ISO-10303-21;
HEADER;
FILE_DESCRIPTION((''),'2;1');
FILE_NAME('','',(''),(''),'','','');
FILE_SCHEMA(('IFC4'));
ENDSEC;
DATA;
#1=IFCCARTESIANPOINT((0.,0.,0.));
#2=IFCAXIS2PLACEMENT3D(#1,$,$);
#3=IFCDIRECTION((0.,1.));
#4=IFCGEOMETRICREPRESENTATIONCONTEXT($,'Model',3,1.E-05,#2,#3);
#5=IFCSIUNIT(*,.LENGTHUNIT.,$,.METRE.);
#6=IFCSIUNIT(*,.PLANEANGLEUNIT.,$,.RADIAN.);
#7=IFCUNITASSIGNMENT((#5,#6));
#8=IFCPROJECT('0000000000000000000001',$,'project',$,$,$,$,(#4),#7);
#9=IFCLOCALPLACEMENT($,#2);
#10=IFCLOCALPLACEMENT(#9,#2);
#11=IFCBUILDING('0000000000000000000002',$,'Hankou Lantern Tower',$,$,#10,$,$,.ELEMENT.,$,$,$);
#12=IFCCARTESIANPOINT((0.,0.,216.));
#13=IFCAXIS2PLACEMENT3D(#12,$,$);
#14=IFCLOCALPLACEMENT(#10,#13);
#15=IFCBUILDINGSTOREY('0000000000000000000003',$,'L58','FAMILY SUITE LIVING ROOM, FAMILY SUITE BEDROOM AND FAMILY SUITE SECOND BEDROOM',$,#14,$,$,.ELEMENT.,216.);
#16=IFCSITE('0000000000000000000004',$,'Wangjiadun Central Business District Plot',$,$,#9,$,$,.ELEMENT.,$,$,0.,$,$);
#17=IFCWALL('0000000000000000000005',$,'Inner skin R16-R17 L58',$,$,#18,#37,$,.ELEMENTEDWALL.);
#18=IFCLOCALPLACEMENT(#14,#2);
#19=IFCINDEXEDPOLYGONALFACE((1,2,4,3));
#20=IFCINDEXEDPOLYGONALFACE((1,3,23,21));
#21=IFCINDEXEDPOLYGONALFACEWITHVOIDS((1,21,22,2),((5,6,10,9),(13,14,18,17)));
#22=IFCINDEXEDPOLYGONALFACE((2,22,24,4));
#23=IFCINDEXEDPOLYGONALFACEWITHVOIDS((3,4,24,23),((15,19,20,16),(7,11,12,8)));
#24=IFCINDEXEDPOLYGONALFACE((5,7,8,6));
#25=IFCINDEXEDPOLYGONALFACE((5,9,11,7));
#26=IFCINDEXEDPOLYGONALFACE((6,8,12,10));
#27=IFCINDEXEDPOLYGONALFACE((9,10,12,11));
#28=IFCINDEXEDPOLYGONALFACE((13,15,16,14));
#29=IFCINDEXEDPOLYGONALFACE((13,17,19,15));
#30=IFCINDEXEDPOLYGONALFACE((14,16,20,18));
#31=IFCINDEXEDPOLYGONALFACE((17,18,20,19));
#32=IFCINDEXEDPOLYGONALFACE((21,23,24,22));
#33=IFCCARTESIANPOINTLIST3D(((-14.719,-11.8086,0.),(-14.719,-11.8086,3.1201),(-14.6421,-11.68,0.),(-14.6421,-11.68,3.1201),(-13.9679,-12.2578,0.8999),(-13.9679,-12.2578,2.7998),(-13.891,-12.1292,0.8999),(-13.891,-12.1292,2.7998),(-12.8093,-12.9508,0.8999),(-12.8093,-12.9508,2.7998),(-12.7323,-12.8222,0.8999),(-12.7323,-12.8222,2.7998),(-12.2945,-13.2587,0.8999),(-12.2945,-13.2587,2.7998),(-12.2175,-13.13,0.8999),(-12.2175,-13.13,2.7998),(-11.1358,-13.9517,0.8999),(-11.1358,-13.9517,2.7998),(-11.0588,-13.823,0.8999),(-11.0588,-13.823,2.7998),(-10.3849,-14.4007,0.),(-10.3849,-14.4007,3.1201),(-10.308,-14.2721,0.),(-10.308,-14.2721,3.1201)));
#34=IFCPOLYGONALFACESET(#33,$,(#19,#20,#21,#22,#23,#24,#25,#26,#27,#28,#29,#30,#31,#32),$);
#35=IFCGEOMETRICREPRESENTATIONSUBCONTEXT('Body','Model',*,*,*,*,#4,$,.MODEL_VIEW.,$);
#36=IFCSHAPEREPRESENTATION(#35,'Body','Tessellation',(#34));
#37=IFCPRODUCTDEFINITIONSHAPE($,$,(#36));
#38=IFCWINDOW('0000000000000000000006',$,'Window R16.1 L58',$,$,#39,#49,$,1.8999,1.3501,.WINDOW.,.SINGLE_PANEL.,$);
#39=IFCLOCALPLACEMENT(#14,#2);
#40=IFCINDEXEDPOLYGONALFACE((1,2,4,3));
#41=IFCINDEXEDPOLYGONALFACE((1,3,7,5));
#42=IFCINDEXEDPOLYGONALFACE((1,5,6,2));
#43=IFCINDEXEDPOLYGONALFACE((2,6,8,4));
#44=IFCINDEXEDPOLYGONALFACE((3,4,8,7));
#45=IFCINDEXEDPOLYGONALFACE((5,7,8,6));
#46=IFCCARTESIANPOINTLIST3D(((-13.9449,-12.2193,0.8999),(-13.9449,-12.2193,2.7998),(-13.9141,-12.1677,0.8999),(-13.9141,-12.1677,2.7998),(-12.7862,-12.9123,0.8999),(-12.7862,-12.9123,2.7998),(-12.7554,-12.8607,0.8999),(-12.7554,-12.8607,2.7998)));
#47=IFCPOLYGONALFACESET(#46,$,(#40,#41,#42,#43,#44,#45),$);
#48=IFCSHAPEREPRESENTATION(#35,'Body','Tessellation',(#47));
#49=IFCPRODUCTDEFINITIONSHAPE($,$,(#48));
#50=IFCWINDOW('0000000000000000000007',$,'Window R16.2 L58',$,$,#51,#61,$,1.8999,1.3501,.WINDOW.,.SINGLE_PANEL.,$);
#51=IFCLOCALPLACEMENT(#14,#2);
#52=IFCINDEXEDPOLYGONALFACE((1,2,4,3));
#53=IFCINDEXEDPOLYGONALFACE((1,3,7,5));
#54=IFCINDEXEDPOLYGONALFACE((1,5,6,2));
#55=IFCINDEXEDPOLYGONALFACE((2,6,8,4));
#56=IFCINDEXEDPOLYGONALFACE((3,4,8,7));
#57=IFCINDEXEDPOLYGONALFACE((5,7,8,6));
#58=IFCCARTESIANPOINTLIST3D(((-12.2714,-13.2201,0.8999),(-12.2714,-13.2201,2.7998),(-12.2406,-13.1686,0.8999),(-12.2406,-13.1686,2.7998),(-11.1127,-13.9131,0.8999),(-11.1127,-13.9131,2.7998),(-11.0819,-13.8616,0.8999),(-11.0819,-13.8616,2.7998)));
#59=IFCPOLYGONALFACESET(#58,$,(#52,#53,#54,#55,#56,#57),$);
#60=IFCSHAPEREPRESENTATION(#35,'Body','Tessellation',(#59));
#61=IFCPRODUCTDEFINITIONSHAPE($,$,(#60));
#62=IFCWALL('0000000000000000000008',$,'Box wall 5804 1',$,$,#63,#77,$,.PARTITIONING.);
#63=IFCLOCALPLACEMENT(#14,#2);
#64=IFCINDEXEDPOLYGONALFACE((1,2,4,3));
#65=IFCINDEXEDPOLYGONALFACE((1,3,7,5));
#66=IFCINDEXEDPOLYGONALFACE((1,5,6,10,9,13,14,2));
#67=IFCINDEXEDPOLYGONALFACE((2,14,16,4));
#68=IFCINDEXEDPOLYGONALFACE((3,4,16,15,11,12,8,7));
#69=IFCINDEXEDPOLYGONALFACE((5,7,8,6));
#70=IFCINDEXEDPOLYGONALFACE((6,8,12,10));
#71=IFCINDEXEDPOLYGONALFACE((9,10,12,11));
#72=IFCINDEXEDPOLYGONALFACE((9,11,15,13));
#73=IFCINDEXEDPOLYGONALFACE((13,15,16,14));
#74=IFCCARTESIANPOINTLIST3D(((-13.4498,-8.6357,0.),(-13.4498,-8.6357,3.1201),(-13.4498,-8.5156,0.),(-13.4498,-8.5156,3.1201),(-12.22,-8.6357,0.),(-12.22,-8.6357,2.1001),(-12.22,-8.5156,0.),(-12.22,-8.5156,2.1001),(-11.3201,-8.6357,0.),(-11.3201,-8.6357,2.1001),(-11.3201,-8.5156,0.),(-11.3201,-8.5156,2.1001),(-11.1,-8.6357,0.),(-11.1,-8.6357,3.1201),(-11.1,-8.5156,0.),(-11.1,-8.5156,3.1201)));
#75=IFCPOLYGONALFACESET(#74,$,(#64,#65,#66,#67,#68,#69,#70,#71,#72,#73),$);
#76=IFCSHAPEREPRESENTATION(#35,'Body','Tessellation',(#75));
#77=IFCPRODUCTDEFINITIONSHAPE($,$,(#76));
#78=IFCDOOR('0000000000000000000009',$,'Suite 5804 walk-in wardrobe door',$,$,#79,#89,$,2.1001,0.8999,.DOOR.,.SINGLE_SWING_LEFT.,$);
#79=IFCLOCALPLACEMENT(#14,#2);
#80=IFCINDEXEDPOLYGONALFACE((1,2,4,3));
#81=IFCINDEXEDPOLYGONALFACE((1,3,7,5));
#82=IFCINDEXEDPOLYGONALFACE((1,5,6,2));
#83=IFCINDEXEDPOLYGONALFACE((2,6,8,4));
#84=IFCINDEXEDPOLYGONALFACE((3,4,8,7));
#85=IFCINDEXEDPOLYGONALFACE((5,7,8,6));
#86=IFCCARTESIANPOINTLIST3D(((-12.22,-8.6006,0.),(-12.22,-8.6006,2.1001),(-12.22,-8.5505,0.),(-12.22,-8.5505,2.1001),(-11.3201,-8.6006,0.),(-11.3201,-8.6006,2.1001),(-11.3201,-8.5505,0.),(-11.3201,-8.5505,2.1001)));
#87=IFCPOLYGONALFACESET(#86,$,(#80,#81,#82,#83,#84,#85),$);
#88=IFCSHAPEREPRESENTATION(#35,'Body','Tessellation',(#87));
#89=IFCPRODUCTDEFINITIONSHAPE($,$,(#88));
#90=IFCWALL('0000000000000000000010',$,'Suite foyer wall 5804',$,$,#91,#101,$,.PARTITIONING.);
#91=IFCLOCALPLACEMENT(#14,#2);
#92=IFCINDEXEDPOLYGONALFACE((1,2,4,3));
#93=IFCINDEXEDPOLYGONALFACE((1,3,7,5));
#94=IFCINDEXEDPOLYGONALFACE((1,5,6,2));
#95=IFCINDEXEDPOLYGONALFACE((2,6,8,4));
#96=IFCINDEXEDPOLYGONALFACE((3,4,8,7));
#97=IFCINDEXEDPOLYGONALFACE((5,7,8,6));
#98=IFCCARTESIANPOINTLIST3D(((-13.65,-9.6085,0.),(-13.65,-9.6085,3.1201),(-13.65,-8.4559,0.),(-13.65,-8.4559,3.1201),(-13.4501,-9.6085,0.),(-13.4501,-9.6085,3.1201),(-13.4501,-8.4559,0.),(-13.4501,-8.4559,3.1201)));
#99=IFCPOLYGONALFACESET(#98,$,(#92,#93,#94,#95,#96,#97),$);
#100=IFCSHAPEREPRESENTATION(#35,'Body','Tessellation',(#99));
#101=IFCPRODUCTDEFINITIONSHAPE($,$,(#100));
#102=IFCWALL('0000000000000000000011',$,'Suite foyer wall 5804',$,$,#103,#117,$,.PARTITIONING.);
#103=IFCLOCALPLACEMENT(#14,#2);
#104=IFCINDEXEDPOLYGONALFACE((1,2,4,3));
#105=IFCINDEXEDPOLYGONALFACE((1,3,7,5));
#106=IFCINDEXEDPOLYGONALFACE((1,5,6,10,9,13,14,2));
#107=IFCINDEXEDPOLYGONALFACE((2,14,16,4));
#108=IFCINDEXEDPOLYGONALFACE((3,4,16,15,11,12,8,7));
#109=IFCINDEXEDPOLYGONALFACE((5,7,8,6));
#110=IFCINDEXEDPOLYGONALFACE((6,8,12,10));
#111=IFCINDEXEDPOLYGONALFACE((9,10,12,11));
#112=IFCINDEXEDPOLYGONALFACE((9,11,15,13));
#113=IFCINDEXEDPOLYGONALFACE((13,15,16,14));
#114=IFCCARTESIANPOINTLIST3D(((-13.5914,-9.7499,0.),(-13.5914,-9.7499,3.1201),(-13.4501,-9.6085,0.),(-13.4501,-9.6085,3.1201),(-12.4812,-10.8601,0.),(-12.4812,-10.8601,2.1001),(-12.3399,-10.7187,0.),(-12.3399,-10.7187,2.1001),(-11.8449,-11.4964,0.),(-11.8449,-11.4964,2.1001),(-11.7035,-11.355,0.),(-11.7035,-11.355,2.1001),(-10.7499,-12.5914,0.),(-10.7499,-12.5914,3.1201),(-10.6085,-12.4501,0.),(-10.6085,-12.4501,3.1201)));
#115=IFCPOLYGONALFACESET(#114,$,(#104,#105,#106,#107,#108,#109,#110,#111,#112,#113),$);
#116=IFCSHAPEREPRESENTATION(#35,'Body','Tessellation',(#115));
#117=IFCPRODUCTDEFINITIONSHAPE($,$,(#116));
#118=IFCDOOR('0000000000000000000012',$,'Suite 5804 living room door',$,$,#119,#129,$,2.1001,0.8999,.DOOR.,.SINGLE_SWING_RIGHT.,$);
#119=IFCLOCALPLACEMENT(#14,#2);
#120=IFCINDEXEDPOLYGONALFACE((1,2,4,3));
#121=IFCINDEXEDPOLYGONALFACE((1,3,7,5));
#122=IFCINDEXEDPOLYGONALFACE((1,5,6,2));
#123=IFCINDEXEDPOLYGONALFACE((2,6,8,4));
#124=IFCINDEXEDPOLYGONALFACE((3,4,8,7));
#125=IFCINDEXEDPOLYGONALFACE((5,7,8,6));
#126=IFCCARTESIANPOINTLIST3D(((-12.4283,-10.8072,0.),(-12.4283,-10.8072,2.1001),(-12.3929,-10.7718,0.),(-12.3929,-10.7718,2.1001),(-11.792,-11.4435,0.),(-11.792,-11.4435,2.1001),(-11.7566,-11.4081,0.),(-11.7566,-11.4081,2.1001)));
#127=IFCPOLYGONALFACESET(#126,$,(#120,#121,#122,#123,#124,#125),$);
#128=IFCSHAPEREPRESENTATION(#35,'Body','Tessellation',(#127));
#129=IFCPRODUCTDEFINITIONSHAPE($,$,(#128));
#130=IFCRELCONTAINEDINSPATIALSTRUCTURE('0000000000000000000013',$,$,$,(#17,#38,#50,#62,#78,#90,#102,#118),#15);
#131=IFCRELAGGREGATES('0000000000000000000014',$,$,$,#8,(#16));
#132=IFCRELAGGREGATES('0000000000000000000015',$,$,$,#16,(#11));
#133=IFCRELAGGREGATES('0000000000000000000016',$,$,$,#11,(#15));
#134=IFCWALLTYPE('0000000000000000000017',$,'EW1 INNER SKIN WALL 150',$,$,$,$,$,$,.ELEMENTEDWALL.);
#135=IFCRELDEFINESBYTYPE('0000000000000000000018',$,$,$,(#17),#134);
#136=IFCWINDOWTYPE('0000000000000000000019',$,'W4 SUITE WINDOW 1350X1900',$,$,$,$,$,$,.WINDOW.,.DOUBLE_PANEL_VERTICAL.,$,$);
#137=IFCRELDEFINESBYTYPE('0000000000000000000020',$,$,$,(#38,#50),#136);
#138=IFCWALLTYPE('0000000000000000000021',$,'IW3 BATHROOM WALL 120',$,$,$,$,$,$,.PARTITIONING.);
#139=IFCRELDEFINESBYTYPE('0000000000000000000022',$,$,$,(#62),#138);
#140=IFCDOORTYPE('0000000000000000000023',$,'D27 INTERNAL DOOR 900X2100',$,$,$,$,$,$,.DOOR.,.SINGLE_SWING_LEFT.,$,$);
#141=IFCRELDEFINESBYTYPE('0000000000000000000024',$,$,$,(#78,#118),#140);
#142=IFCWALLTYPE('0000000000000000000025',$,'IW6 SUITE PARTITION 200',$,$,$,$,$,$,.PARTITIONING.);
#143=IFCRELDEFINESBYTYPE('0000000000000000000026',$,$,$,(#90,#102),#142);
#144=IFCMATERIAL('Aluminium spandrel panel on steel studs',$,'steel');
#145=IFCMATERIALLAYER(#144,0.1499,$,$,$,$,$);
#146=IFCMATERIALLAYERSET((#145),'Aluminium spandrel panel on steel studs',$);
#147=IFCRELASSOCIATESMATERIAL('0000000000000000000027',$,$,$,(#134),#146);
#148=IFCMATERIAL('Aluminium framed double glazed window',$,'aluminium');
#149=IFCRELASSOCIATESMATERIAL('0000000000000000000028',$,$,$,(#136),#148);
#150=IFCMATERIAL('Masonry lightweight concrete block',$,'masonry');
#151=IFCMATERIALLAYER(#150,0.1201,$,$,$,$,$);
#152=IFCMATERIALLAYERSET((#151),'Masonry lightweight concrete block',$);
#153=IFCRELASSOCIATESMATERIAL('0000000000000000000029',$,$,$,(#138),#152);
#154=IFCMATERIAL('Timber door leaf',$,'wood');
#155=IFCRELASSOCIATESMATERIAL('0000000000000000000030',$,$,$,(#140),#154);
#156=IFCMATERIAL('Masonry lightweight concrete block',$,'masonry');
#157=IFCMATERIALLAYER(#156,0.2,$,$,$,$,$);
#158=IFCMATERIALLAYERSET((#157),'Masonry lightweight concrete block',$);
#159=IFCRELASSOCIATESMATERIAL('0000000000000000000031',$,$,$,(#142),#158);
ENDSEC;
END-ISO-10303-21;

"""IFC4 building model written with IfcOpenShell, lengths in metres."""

from ifc_helpers import new_model, si_unit, direction, frame, frame_2d, origin, place, context, subcontext, project, spatial, rectangle, extrude, material, layer, layer_set, type_object, element, fill, save


model = new_model("IFC4")

# Units and contexts
model_context = context("Model", 3, precision=1e-05, world=origin(), true_north=direction((0.0, 1.0)))
body_context = subcontext(model_context, "Body", "Model", "MODEL_VIEW")
ifc_project = project(units=[si_unit("LENGTHUNIT", "METRE"), si_unit("PLANEANGLEUNIT", "RADIAN")], contexts=[model_context])

# Site, building, storey
site_placement = place(None, origin())
site = spatial("IfcSite", under=ifc_project, at=site_placement, Name="Wangjiadun Central Business District Plot", CompositionType="ELEMENT", RefElevation=0.0)
building_placement = place(site_placement, origin())
building = spatial("IfcBuilding", under=site, at=building_placement, Name="Hankou Lantern Tower", CompositionType="ELEMENT")
storey_placement = place(building_placement, frame((0.0, 0.0, 216.0)))
storey = spatial("IfcBuildingStorey", under=building, at=storey_placement, Name="L58", Description="FAMILY SUITE LIVING ROOM, FAMILY SUITE BEDROOM AND FAMILY SUITE SECOND BEDROOM", CompositionType="ELEMENT", Elevation=216.0)

# Wall, openings, windows
ifc_material_1 = material(Name="Aluminium spandrel panel on steel studs", Category="steel")
ifc_layer_1 = layer(ifc_material_1, 0.1499)
ifc_layer_set_1 = layer_set([ifc_layer_1], Name="Aluminium spandrel panel on steel studs")
wall_type_1 = type_object("IfcWallType", Name="EW1 INNER SKIN WALL 150", PredefinedType="ELEMENTEDWALL", material=ifc_layer_set_1)
ifc_material_2 = material(Name="Aluminium framed double glazed window", Category="aluminium")
window_type = type_object("IfcWindowType", Name="W4 SUITE WINDOW 1350X1900", PartitioningType="DOUBLE_PANEL_VERTICAL", PredefinedType="WINDOW", material=ifc_material_2)
wall_1_placement = place(storey_placement, frame((-14.6804, -11.7444, 0.0), z_axis=(0.0, 0.0, 1.0), x_axis=(0.858222, -0.51328, 0.0)))
wall_1 = element("IfcWall", 1, at=wall_1_placement, inside=storey, type_object=wall_type_1, Name="Inner skin R16-R17 L58", PredefinedType="ELEMENTEDWALL", context=body_context, shape_type="SweptSolid", body=[
    extrude(rectangle(XDim=5.05, YDim=0.1499, at=frame_2d((2.5249, 0.0))), origin(), (0.0, 0.0, 1.0), 3.1201),
])
opening_1_placement = place(wall_1_placement, frame((0.875, 0.0, 0.8999)))
opening_1 = element("IfcOpeningElement", 2, at=opening_1_placement, cuts=wall_1, PredefinedType="OPENING", context=body_context, shape_type="SweptSolid", body=[
    extrude(rectangle(XDim=1.3501, YDim=1.8999, at=frame_2d((0.675, 0.95))), frame((0.0, 0.085, 0.0), z_axis=(0.0, -1.0, 0.0), x_axis=(1.0, 0.0, 0.0)), (0.0, 0.0, 1.0), 0.1699),
])
opening_2_placement = place(wall_1_placement, frame((2.825, 0.0, 0.8999)))
opening_2 = element("IfcOpeningElement", 3, at=opening_2_placement, cuts=wall_1, PredefinedType="OPENING", context=body_context, shape_type="SweptSolid", body=[
    extrude(rectangle(XDim=1.3501, YDim=1.8999, at=frame_2d((0.675, 0.95))), frame((0.0, 0.085, 0.0), z_axis=(0.0, -1.0, 0.0), x_axis=(1.0, 0.0, 0.0)), (0.0, 0.0, 1.0), 0.1699),
])
window_1_placement = place(opening_1_placement, origin())
window_1 = element("IfcWindow", 4, at=window_1_placement, inside=storey, type_object=window_type, Name="Window R16.1 L58", OverallHeight=1.8999, OverallWidth=1.3501, PartitioningType="SINGLE_PANEL", PredefinedType="WINDOW", context=body_context, shape_type="SweptSolid", body=[
    extrude(rectangle(XDim=1.3501, YDim=1.8999, at=frame_2d((0.675, 0.95))), frame((0.0, 0.03, 0.0), z_axis=(0.0, -1.0, 0.0), x_axis=(1.0, 0.0, 0.0)), (0.0, 0.0, 1.0), 0.0601),
])
fill(opening_1, window_1)
window_2_placement = place(opening_2_placement, origin())
window_2 = element("IfcWindow", 5, at=window_2_placement, inside=storey, type_object=window_type, Name="Window R16.2 L58", OverallHeight=1.8999, OverallWidth=1.3501, PartitioningType="SINGLE_PANEL", PredefinedType="WINDOW", context=body_context, shape_type="SweptSolid", body=[
    extrude(rectangle(XDim=1.3501, YDim=1.8999, at=frame_2d((0.675, 0.95))), frame((0.0, 0.03, 0.0), z_axis=(0.0, -1.0, 0.0), x_axis=(1.0, 0.0, 0.0)), (0.0, 0.0, 1.0), 0.0601),
])
fill(opening_2, window_2)

# Wall, opening, door
ifc_material_3 = material(Name="Masonry lightweight concrete block", Category="masonry")
ifc_layer_2 = layer(ifc_material_3, 0.1201)
ifc_layer_set_2 = layer_set([ifc_layer_2], Name="Masonry lightweight concrete block")
wall_type_2 = type_object("IfcWallType", Name="IW3 BATHROOM WALL 120", PredefinedType="PARTITIONING", material=ifc_layer_set_2)
wall_2_placement = place(storey_placement, frame((-11.1001, -8.5757, 0.0), z_axis=(0.0, 0.0, 1.0), x_axis=(-1.0, 0.0, 0.0)))
wall_2 = element("IfcWall", 6, at=wall_2_placement, inside=storey, type_object=wall_type_2, Name="Box wall 5804 1", PredefinedType="PARTITIONING", context=body_context, shape_type="SweptSolid", body=[
    extrude(rectangle(XDim=2.3499, YDim=0.1201, at=frame_2d((1.1748, 0.0))), origin(), (0.0, 0.0, 1.0), 3.1201),
])
opening_3_placement = place(wall_2_placement, frame((0.22, 0.0, 0.0)))
opening_3 = element("IfcOpeningElement", 7, at=opening_3_placement, cuts=wall_2, PredefinedType="OPENING", context=body_context, shape_type="SweptSolid", body=[
    extrude(rectangle(XDim=0.8999, YDim=2.1001, at=frame_2d((0.45, 1.05))), frame((0.0, 0.0701, 0.0), z_axis=(0.0, -1.0, 0.0), x_axis=(1.0, 0.0, 0.0)), (0.0, 0.0, 1.0), 0.1401),
])
ifc_material_4 = material(Name="Timber door leaf", Category="wood")
door_type = type_object("IfcDoorType", Name="D27 INTERNAL DOOR 900X2100", OperationType="SINGLE_SWING_LEFT", PredefinedType="DOOR", material=ifc_material_4)
door_1_placement = place(opening_3_placement, origin())
door_1 = element("IfcDoor", 8, at=door_1_placement, inside=storey, type_object=door_type, Name="Suite 5804 walk-in wardrobe door", OperationType="SINGLE_SWING_LEFT", OverallHeight=2.1001, OverallWidth=0.8999, PredefinedType="DOOR", context=body_context, shape_type="SweptSolid", body=[
    extrude(rectangle(XDim=0.8999, YDim=2.1001, at=frame_2d((0.45, 1.05))), frame((0.0, 0.0249, 0.0), z_axis=(0.0, -1.0, 0.0), x_axis=(1.0, 0.0, 0.0)), (0.0, 0.0, 1.0), 0.05),
])
fill(opening_3, door_1)

# Wall
ifc_material_5 = material(Name="Masonry lightweight concrete block", Category="masonry")
ifc_layer_3 = layer(ifc_material_5, 0.2)
ifc_layer_set_3 = layer_set([ifc_layer_3], Name="Masonry lightweight concrete block")
wall_type_3 = type_object("IfcWallType", Name="IW6 SUITE PARTITION 200", PredefinedType="PARTITIONING", material=ifc_layer_set_3)
wall_3_placement = place(storey_placement, frame((-13.55, -8.4561, 0.0), z_axis=(0.0, 0.0, 1.0), x_axis=(0.0, -1.0, 0.0)))
element("IfcWall", 9, at=wall_3_placement, inside=storey, type_object=wall_type_3, Name="Suite foyer wall 5804", PredefinedType="PARTITIONING", context=body_context, shape_type="SweptSolid", body=[
    extrude(rectangle(XDim=1.1526, YDim=0.2, at=frame_2d((0.5762, 0.0))), origin(), (0.0, 0.0, 1.0), 3.1201),
])

# Wall, opening, door
wall_4_placement = place(storey_placement, frame((-13.5208, -9.6792, 0.0), z_axis=(0.0, 0.0, 1.0), x_axis=(0.707107, -0.707107, 0.0)))
wall_4 = element("IfcWall", 10, at=wall_4_placement, inside=storey, type_object=wall_type_3, Name="Suite foyer wall 5804", PredefinedType="PARTITIONING", context=body_context, shape_type="SweptSolid", body=[
    extrude(rectangle(XDim=4.0186, YDim=0.2, at=frame_2d((2.0093, 0.0))), origin(), (0.0, 0.0, 1.0), 3.1201),
])
opening_4_placement = place(wall_4_placement, frame((1.5701, 0.0, 0.0)))
opening_4 = element("IfcOpeningElement", 11, at=opening_4_placement, cuts=wall_4, PredefinedType="OPENING", context=body_context, shape_type="SweptSolid", body=[
    extrude(rectangle(XDim=0.8999, YDim=2.1001, at=frame_2d((0.45, 1.05))), frame((0.0, 0.1099, 0.0), z_axis=(0.0, -1.0, 0.0), x_axis=(1.0, 0.0, 0.0)), (0.0, 0.0, 1.0), 0.22),
])
door_2_placement = place(opening_4_placement, origin())
door_2 = element("IfcDoor", 12, at=door_2_placement, inside=storey, type_object=door_type, Name="Suite 5804 living room door", OperationType="SINGLE_SWING_RIGHT", OverallHeight=2.1001, OverallWidth=0.8999, PredefinedType="DOOR", context=body_context, shape_type="SweptSolid", body=[
    extrude(rectangle(XDim=0.8999, YDim=2.1001, at=frame_2d((0.45, 1.05))), frame((0.0, 0.0249, 0.0), z_axis=(0.0, -1.0, 0.0), x_axis=(1.0, 0.0, 0.0)), (0.0, 0.0, 1.0), 0.05),
])
fill(opening_4, door_2)

save(model, "model.ifc")
